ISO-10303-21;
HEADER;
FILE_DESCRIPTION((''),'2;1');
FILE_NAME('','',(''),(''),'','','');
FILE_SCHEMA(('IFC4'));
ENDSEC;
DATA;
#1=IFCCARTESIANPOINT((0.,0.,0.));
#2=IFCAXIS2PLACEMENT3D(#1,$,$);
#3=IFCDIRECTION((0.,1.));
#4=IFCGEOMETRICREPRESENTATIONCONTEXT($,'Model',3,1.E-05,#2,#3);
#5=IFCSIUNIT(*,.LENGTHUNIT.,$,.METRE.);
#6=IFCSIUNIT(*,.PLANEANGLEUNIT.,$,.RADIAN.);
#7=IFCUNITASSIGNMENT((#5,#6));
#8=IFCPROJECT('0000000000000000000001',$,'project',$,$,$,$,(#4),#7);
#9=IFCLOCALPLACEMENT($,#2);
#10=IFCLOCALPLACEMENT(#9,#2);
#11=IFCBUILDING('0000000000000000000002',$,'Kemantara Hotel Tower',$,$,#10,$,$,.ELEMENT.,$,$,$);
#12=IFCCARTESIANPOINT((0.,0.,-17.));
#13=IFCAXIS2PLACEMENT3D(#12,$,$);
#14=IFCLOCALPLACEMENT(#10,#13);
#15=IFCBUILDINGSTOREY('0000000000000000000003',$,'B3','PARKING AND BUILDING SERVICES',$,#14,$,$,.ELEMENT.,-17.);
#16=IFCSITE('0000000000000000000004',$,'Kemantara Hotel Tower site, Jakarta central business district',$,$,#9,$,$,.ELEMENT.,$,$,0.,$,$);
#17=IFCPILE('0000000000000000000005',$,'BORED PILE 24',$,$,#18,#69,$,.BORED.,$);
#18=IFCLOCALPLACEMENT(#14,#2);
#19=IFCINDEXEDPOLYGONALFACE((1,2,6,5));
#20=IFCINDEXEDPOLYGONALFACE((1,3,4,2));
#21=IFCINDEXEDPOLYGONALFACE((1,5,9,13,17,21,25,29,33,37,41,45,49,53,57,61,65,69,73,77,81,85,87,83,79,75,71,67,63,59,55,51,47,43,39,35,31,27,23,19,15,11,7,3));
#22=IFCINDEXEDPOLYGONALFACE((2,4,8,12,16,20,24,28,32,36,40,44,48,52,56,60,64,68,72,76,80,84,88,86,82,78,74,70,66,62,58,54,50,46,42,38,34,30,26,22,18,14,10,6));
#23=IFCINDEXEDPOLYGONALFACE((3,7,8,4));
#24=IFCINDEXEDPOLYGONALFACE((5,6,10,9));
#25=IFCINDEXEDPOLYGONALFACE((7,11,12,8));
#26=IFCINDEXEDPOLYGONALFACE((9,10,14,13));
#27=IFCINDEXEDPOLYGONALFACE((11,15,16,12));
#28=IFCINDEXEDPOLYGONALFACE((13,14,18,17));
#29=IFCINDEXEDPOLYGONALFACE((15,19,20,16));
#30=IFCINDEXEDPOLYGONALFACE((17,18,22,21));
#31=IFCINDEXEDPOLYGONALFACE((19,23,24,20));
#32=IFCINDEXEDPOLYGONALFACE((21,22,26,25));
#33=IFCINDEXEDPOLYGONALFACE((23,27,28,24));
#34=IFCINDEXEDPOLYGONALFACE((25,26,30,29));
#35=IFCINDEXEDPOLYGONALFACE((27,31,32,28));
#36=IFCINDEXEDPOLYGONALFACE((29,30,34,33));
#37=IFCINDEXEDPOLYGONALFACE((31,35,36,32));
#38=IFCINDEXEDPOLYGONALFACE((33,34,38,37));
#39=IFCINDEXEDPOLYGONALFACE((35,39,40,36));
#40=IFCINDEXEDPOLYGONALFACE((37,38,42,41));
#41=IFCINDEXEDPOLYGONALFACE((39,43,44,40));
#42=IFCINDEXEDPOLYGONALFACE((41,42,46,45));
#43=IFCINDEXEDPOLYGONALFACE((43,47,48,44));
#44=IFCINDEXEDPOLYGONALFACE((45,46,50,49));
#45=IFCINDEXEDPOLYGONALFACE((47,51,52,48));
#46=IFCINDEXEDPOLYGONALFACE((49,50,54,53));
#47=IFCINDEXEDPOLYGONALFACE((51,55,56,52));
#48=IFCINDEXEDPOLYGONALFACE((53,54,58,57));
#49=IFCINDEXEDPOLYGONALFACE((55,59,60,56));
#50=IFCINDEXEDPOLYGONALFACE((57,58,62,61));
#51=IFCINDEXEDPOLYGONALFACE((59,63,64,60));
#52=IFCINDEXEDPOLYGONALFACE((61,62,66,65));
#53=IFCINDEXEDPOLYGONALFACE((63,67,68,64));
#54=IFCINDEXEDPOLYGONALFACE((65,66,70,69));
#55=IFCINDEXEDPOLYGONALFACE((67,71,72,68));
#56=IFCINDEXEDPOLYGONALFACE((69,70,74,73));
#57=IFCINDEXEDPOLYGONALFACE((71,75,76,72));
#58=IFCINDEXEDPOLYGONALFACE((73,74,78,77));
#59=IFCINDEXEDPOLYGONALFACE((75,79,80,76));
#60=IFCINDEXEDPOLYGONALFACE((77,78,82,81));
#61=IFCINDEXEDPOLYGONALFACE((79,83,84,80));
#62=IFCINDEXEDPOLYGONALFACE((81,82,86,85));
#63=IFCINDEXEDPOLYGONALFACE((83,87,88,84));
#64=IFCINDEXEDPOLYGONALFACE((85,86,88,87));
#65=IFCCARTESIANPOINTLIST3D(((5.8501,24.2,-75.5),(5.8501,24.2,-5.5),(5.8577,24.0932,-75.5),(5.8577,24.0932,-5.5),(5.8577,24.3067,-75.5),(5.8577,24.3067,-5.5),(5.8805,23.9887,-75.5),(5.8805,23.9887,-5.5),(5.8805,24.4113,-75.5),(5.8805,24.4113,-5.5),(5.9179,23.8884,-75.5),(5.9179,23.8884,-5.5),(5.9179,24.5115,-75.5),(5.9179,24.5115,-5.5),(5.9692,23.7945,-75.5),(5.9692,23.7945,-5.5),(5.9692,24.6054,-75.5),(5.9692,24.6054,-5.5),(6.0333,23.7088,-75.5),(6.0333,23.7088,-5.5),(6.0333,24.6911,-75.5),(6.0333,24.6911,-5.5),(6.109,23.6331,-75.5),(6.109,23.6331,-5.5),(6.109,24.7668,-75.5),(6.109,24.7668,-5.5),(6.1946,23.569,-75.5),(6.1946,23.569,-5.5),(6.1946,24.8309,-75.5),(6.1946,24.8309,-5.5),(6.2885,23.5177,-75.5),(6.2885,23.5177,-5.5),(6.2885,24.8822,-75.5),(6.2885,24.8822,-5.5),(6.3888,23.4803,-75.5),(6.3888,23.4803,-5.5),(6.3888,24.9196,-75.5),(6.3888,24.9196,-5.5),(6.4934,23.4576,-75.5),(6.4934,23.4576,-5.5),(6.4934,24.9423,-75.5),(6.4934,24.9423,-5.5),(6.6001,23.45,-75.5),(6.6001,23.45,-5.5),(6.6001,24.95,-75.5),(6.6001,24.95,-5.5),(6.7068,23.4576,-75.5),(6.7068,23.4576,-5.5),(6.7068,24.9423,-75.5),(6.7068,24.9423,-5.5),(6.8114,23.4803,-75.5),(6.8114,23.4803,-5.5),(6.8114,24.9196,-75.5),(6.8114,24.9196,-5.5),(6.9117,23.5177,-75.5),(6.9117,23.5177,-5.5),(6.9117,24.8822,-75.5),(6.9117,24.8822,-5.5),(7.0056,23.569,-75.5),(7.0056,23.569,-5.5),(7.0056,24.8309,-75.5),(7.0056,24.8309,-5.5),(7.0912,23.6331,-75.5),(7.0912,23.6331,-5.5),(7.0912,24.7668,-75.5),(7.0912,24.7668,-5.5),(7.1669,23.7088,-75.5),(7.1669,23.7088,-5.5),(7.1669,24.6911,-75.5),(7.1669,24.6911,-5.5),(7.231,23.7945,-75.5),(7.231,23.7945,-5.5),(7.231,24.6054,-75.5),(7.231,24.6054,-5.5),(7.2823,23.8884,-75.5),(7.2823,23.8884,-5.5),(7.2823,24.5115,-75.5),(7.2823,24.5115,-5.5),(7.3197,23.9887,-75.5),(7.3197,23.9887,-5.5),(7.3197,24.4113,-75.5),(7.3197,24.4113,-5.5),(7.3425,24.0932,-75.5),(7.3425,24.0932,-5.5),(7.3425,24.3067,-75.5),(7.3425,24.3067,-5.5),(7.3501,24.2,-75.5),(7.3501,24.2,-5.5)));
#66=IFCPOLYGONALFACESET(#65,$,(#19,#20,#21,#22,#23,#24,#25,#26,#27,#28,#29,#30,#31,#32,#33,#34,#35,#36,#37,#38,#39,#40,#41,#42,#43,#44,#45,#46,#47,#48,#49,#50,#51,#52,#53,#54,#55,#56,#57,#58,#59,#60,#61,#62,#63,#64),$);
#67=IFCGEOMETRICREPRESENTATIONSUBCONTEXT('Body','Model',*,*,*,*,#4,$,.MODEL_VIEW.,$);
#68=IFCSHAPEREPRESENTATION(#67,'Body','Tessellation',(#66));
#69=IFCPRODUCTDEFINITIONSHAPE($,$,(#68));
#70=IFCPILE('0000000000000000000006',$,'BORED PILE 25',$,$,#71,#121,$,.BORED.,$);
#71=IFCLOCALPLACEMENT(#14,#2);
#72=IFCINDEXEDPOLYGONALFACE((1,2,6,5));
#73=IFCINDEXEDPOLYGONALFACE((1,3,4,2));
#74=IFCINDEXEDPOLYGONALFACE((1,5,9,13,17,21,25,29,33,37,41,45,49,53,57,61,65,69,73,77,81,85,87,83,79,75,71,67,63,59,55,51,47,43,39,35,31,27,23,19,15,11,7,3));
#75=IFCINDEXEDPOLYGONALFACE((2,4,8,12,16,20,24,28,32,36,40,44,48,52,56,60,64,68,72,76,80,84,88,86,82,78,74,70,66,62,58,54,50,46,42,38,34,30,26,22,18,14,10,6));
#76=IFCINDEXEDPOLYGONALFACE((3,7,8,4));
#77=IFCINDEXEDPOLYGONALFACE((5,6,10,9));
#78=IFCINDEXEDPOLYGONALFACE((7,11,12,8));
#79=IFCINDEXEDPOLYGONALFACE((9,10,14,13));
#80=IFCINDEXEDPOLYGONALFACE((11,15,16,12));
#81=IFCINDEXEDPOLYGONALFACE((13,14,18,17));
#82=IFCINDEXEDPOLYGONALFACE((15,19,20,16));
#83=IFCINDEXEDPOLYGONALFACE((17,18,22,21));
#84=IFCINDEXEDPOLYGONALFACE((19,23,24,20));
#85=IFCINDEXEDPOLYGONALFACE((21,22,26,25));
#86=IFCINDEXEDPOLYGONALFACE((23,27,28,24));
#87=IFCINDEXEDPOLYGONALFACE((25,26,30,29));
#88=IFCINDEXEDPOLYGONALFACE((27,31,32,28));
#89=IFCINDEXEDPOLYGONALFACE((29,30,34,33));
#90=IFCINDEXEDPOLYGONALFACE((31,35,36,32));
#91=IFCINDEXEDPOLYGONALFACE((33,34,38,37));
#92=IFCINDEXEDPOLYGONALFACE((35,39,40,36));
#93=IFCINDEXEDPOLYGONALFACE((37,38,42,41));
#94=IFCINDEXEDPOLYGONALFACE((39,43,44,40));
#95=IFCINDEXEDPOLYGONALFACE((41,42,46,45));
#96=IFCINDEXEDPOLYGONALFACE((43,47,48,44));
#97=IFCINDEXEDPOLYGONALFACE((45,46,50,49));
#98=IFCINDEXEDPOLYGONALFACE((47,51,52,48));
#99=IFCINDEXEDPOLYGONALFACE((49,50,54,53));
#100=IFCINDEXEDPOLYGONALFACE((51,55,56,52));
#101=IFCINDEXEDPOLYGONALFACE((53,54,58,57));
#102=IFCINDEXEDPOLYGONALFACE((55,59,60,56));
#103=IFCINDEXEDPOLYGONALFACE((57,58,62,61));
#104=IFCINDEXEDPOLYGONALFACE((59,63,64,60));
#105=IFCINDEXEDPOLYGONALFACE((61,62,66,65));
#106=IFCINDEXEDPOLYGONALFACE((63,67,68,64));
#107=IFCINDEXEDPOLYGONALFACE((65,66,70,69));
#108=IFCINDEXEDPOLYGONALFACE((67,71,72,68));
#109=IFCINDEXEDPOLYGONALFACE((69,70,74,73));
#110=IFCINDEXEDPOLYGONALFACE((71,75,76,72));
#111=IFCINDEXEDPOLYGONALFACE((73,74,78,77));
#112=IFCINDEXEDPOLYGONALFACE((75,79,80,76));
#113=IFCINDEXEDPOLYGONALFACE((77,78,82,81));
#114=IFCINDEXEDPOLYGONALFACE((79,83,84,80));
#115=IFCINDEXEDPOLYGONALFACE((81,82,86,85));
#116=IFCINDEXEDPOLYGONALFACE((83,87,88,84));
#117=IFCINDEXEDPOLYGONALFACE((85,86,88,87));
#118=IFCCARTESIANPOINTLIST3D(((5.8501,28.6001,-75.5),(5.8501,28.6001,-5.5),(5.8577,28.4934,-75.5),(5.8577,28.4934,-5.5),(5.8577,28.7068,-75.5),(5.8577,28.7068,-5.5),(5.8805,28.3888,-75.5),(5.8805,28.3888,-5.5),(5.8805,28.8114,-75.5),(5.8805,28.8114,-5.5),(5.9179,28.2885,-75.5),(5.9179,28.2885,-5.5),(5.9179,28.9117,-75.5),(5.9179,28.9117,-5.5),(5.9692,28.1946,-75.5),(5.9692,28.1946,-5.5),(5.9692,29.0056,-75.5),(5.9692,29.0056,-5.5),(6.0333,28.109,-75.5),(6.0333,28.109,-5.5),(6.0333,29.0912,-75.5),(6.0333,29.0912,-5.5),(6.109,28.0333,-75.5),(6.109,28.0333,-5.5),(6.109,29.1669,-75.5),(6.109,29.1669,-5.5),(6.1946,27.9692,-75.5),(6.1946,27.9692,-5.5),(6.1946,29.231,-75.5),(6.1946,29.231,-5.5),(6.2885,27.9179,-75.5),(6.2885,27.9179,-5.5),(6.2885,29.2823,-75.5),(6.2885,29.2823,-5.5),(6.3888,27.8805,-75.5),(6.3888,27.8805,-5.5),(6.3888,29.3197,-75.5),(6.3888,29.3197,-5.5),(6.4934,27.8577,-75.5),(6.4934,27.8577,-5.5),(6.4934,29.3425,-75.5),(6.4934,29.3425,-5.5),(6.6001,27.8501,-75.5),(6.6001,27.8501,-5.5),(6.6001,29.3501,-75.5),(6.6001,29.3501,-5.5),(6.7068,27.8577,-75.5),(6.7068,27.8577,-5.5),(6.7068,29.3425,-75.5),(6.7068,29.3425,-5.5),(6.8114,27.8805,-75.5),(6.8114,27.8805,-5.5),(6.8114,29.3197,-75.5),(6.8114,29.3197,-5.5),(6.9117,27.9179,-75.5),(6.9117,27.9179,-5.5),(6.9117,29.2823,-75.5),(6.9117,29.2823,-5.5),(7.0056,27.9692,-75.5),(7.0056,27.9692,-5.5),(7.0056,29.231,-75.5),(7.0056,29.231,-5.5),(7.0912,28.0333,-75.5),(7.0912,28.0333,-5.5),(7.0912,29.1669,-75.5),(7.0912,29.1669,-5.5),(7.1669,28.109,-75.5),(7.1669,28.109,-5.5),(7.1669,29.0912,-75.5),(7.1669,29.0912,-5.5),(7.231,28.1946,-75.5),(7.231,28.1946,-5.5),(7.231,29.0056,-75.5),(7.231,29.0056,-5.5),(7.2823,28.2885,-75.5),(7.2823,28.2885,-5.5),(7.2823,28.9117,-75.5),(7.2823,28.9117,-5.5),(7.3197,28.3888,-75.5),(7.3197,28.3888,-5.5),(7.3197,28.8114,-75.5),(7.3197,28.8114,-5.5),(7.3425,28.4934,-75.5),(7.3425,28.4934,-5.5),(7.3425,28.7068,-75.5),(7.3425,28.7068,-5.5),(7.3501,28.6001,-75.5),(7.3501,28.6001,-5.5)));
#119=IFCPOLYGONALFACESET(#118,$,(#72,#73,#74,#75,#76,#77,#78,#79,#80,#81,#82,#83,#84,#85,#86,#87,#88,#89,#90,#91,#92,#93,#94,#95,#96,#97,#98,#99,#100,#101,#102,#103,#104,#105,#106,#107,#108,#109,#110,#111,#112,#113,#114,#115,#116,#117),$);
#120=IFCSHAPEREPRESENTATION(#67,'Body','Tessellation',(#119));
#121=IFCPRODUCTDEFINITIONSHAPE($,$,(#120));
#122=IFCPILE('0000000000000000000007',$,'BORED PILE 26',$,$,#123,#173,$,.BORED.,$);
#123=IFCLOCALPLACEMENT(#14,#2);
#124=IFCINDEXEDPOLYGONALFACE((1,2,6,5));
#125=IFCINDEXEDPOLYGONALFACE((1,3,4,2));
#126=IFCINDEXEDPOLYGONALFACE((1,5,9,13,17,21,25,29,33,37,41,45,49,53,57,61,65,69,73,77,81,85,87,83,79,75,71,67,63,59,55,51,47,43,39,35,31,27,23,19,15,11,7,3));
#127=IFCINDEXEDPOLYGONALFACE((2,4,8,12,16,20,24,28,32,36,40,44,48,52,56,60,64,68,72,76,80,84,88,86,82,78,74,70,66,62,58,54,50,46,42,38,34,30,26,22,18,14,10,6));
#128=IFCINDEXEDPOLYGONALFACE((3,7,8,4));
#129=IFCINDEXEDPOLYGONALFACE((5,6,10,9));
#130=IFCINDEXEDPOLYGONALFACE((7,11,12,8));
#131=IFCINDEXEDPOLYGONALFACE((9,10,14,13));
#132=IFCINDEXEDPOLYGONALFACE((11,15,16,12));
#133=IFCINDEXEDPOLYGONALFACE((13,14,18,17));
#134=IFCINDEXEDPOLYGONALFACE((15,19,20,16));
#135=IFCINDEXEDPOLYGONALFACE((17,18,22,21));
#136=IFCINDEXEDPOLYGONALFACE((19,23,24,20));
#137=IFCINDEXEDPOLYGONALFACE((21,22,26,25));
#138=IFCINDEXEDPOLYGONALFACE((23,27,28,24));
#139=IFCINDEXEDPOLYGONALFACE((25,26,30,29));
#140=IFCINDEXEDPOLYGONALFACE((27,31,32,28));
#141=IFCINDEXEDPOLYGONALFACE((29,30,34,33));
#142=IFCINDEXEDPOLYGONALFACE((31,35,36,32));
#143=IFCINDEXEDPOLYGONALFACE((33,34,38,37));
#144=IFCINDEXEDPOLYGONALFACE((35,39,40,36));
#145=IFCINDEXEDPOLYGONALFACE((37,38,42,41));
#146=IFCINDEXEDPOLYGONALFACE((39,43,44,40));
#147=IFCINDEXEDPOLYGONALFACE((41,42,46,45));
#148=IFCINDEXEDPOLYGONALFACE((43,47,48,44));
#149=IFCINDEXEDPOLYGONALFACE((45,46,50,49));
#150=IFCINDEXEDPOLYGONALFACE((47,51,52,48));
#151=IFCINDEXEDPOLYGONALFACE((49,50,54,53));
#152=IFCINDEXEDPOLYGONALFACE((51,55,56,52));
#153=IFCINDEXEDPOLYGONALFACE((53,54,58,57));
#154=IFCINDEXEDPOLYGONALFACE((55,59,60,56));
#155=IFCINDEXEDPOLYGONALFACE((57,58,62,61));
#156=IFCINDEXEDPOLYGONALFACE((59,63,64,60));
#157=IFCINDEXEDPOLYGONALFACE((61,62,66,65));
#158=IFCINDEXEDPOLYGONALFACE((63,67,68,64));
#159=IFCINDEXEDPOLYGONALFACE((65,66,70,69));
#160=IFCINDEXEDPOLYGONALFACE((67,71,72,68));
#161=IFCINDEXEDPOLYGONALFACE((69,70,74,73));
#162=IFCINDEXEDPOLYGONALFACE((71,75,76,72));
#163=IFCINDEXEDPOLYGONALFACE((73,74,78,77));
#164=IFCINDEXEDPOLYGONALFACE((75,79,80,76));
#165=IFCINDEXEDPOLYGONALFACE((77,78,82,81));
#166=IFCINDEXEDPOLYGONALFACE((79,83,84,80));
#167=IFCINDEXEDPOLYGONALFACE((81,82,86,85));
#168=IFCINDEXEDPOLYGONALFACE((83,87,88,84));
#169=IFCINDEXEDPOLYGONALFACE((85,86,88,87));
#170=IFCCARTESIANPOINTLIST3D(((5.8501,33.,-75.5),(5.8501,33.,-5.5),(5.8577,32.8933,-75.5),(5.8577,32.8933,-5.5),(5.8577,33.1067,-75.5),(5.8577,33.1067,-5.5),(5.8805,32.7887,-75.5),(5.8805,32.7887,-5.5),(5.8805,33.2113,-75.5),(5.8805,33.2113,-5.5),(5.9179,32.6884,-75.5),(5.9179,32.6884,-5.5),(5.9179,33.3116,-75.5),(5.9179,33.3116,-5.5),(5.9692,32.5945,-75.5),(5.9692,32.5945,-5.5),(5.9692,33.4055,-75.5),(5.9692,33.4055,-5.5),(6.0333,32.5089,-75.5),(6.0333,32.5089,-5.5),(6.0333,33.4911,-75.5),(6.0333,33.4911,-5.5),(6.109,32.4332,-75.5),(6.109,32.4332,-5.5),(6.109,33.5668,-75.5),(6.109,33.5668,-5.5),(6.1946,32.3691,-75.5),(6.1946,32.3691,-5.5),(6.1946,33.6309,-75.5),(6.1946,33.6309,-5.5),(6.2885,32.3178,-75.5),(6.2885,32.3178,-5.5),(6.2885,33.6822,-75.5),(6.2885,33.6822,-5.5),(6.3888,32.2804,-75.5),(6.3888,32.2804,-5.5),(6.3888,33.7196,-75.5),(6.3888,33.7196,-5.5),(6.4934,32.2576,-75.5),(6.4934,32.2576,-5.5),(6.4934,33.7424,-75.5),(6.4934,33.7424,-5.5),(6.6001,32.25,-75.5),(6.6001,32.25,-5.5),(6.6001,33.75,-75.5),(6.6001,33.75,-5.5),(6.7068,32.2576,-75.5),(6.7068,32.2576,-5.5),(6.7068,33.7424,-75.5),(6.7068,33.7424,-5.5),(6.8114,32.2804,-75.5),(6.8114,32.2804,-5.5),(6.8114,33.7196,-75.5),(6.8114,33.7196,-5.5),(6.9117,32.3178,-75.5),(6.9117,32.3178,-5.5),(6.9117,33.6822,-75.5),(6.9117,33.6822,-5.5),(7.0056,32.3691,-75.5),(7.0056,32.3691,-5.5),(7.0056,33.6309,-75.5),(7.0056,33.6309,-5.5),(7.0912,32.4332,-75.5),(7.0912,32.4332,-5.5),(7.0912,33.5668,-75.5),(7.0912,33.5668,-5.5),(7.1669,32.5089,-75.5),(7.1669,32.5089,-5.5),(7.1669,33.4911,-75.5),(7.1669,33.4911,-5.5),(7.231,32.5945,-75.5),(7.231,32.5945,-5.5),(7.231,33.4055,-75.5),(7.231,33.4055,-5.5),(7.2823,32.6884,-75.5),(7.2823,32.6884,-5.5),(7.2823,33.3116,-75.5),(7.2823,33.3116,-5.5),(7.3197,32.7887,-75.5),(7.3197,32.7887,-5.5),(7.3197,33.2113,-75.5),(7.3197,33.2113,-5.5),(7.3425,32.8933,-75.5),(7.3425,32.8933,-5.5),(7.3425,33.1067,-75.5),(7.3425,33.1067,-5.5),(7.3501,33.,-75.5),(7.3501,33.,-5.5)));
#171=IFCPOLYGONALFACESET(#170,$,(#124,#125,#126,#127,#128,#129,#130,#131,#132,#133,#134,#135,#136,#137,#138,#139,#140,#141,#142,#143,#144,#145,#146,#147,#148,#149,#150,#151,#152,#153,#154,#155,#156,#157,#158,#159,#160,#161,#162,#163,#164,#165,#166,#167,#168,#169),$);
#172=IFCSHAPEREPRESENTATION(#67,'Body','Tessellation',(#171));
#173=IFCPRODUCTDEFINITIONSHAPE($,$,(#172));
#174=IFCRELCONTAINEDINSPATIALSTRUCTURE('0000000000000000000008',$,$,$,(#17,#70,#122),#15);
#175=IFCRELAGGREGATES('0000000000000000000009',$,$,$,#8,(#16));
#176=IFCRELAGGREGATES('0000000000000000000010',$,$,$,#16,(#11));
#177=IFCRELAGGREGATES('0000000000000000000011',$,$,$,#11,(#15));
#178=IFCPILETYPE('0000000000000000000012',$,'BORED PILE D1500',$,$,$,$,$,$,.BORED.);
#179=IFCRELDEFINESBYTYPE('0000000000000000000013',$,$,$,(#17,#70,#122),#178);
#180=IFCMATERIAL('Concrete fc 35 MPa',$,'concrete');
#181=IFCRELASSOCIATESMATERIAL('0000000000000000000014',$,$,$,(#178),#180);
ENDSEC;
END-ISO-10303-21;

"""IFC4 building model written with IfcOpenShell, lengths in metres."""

from ifc_helpers import new_model, si_unit, direction, frame, origin, origin_2d, place, context, subcontext, project, spatial, circle, extrude, material, material_profile, profile_set, type_object, element, save


model = new_model("IFC4")

# Units and contexts
model_context = context("Model", 3, precision=1e-05, world=origin(), true_north=direction((0.0, 1.0)))
body_context = subcontext(model_context, "Body", "Model", "MODEL_VIEW")
ifc_project = project(units=[si_unit("LENGTHUNIT", "METRE"), si_unit("PLANEANGLEUNIT", "RADIAN")], contexts=[model_context])

# Site, building, storey
site_placement = place(None, origin())
site = spatial("IfcSite", under=ifc_project, at=site_placement, Name="Kemantara Hotel Tower site, Jakarta central business district", CompositionType="ELEMENT", RefElevation=0.0)
building_placement = place(site_placement, origin())
building = spatial("IfcBuilding", under=site, at=building_placement, Name="Kemantara Hotel Tower", CompositionType="ELEMENT")
storey_placement = place(building_placement, frame((0.0, 0.0, -17.0)))
storey = spatial("IfcBuildingStorey", under=building, at=storey_placement, Name="B3", Description="PARKING AND BUILDING SERVICES", CompositionType="ELEMENT", Elevation=-17.0)

# Piles
ifc_material_1 = material(Name="Concrete fc 35 MPa", Category="concrete")
ifc_material_profile_1 = material_profile(ifc_material_1, circle(Radius=0.75, at=origin_2d()), Name="BORED PILE D1500")
ifc_profile_set_1 = profile_set([ifc_material_profile_1], Name="Concrete fc 35 MPa")
pile_type = type_object("IfcPileType", Name="BORED PILE D1500", PredefinedType="BORED", material=ifc_profile_set_1)
for number, where, z_axis, x_axis, name in (
    (1, (6.6001, 24.2, -5.5), (0.0, 0.0, -1.0), (1.0, 0.0, 0.0), "BORED PILE 24"),
    (2, (6.6001, 28.6001, -5.5), (0.0, 0.0, -1.0), (1.0, 0.0, 0.0), "BORED PILE 25"),
    (3, (6.6001, 33.0, -5.5), (0.0, 0.0, -1.0), (1.0, 0.0, 0.0), "BORED PILE 26"),
):
    element("IfcPile", number, at=place(storey_placement, frame(where, z_axis=z_axis, x_axis=x_axis)), inside=storey, type_object=pile_type, Name=name, PredefinedType="BORED", context=body_context, shape_type="SweptSolid", body=[
        extrude(circle(Radius=0.75, at=origin_2d()), origin(), (0.0, 0.0, 1.0), 70.0),
    ])

save(model, "model.ifc")
